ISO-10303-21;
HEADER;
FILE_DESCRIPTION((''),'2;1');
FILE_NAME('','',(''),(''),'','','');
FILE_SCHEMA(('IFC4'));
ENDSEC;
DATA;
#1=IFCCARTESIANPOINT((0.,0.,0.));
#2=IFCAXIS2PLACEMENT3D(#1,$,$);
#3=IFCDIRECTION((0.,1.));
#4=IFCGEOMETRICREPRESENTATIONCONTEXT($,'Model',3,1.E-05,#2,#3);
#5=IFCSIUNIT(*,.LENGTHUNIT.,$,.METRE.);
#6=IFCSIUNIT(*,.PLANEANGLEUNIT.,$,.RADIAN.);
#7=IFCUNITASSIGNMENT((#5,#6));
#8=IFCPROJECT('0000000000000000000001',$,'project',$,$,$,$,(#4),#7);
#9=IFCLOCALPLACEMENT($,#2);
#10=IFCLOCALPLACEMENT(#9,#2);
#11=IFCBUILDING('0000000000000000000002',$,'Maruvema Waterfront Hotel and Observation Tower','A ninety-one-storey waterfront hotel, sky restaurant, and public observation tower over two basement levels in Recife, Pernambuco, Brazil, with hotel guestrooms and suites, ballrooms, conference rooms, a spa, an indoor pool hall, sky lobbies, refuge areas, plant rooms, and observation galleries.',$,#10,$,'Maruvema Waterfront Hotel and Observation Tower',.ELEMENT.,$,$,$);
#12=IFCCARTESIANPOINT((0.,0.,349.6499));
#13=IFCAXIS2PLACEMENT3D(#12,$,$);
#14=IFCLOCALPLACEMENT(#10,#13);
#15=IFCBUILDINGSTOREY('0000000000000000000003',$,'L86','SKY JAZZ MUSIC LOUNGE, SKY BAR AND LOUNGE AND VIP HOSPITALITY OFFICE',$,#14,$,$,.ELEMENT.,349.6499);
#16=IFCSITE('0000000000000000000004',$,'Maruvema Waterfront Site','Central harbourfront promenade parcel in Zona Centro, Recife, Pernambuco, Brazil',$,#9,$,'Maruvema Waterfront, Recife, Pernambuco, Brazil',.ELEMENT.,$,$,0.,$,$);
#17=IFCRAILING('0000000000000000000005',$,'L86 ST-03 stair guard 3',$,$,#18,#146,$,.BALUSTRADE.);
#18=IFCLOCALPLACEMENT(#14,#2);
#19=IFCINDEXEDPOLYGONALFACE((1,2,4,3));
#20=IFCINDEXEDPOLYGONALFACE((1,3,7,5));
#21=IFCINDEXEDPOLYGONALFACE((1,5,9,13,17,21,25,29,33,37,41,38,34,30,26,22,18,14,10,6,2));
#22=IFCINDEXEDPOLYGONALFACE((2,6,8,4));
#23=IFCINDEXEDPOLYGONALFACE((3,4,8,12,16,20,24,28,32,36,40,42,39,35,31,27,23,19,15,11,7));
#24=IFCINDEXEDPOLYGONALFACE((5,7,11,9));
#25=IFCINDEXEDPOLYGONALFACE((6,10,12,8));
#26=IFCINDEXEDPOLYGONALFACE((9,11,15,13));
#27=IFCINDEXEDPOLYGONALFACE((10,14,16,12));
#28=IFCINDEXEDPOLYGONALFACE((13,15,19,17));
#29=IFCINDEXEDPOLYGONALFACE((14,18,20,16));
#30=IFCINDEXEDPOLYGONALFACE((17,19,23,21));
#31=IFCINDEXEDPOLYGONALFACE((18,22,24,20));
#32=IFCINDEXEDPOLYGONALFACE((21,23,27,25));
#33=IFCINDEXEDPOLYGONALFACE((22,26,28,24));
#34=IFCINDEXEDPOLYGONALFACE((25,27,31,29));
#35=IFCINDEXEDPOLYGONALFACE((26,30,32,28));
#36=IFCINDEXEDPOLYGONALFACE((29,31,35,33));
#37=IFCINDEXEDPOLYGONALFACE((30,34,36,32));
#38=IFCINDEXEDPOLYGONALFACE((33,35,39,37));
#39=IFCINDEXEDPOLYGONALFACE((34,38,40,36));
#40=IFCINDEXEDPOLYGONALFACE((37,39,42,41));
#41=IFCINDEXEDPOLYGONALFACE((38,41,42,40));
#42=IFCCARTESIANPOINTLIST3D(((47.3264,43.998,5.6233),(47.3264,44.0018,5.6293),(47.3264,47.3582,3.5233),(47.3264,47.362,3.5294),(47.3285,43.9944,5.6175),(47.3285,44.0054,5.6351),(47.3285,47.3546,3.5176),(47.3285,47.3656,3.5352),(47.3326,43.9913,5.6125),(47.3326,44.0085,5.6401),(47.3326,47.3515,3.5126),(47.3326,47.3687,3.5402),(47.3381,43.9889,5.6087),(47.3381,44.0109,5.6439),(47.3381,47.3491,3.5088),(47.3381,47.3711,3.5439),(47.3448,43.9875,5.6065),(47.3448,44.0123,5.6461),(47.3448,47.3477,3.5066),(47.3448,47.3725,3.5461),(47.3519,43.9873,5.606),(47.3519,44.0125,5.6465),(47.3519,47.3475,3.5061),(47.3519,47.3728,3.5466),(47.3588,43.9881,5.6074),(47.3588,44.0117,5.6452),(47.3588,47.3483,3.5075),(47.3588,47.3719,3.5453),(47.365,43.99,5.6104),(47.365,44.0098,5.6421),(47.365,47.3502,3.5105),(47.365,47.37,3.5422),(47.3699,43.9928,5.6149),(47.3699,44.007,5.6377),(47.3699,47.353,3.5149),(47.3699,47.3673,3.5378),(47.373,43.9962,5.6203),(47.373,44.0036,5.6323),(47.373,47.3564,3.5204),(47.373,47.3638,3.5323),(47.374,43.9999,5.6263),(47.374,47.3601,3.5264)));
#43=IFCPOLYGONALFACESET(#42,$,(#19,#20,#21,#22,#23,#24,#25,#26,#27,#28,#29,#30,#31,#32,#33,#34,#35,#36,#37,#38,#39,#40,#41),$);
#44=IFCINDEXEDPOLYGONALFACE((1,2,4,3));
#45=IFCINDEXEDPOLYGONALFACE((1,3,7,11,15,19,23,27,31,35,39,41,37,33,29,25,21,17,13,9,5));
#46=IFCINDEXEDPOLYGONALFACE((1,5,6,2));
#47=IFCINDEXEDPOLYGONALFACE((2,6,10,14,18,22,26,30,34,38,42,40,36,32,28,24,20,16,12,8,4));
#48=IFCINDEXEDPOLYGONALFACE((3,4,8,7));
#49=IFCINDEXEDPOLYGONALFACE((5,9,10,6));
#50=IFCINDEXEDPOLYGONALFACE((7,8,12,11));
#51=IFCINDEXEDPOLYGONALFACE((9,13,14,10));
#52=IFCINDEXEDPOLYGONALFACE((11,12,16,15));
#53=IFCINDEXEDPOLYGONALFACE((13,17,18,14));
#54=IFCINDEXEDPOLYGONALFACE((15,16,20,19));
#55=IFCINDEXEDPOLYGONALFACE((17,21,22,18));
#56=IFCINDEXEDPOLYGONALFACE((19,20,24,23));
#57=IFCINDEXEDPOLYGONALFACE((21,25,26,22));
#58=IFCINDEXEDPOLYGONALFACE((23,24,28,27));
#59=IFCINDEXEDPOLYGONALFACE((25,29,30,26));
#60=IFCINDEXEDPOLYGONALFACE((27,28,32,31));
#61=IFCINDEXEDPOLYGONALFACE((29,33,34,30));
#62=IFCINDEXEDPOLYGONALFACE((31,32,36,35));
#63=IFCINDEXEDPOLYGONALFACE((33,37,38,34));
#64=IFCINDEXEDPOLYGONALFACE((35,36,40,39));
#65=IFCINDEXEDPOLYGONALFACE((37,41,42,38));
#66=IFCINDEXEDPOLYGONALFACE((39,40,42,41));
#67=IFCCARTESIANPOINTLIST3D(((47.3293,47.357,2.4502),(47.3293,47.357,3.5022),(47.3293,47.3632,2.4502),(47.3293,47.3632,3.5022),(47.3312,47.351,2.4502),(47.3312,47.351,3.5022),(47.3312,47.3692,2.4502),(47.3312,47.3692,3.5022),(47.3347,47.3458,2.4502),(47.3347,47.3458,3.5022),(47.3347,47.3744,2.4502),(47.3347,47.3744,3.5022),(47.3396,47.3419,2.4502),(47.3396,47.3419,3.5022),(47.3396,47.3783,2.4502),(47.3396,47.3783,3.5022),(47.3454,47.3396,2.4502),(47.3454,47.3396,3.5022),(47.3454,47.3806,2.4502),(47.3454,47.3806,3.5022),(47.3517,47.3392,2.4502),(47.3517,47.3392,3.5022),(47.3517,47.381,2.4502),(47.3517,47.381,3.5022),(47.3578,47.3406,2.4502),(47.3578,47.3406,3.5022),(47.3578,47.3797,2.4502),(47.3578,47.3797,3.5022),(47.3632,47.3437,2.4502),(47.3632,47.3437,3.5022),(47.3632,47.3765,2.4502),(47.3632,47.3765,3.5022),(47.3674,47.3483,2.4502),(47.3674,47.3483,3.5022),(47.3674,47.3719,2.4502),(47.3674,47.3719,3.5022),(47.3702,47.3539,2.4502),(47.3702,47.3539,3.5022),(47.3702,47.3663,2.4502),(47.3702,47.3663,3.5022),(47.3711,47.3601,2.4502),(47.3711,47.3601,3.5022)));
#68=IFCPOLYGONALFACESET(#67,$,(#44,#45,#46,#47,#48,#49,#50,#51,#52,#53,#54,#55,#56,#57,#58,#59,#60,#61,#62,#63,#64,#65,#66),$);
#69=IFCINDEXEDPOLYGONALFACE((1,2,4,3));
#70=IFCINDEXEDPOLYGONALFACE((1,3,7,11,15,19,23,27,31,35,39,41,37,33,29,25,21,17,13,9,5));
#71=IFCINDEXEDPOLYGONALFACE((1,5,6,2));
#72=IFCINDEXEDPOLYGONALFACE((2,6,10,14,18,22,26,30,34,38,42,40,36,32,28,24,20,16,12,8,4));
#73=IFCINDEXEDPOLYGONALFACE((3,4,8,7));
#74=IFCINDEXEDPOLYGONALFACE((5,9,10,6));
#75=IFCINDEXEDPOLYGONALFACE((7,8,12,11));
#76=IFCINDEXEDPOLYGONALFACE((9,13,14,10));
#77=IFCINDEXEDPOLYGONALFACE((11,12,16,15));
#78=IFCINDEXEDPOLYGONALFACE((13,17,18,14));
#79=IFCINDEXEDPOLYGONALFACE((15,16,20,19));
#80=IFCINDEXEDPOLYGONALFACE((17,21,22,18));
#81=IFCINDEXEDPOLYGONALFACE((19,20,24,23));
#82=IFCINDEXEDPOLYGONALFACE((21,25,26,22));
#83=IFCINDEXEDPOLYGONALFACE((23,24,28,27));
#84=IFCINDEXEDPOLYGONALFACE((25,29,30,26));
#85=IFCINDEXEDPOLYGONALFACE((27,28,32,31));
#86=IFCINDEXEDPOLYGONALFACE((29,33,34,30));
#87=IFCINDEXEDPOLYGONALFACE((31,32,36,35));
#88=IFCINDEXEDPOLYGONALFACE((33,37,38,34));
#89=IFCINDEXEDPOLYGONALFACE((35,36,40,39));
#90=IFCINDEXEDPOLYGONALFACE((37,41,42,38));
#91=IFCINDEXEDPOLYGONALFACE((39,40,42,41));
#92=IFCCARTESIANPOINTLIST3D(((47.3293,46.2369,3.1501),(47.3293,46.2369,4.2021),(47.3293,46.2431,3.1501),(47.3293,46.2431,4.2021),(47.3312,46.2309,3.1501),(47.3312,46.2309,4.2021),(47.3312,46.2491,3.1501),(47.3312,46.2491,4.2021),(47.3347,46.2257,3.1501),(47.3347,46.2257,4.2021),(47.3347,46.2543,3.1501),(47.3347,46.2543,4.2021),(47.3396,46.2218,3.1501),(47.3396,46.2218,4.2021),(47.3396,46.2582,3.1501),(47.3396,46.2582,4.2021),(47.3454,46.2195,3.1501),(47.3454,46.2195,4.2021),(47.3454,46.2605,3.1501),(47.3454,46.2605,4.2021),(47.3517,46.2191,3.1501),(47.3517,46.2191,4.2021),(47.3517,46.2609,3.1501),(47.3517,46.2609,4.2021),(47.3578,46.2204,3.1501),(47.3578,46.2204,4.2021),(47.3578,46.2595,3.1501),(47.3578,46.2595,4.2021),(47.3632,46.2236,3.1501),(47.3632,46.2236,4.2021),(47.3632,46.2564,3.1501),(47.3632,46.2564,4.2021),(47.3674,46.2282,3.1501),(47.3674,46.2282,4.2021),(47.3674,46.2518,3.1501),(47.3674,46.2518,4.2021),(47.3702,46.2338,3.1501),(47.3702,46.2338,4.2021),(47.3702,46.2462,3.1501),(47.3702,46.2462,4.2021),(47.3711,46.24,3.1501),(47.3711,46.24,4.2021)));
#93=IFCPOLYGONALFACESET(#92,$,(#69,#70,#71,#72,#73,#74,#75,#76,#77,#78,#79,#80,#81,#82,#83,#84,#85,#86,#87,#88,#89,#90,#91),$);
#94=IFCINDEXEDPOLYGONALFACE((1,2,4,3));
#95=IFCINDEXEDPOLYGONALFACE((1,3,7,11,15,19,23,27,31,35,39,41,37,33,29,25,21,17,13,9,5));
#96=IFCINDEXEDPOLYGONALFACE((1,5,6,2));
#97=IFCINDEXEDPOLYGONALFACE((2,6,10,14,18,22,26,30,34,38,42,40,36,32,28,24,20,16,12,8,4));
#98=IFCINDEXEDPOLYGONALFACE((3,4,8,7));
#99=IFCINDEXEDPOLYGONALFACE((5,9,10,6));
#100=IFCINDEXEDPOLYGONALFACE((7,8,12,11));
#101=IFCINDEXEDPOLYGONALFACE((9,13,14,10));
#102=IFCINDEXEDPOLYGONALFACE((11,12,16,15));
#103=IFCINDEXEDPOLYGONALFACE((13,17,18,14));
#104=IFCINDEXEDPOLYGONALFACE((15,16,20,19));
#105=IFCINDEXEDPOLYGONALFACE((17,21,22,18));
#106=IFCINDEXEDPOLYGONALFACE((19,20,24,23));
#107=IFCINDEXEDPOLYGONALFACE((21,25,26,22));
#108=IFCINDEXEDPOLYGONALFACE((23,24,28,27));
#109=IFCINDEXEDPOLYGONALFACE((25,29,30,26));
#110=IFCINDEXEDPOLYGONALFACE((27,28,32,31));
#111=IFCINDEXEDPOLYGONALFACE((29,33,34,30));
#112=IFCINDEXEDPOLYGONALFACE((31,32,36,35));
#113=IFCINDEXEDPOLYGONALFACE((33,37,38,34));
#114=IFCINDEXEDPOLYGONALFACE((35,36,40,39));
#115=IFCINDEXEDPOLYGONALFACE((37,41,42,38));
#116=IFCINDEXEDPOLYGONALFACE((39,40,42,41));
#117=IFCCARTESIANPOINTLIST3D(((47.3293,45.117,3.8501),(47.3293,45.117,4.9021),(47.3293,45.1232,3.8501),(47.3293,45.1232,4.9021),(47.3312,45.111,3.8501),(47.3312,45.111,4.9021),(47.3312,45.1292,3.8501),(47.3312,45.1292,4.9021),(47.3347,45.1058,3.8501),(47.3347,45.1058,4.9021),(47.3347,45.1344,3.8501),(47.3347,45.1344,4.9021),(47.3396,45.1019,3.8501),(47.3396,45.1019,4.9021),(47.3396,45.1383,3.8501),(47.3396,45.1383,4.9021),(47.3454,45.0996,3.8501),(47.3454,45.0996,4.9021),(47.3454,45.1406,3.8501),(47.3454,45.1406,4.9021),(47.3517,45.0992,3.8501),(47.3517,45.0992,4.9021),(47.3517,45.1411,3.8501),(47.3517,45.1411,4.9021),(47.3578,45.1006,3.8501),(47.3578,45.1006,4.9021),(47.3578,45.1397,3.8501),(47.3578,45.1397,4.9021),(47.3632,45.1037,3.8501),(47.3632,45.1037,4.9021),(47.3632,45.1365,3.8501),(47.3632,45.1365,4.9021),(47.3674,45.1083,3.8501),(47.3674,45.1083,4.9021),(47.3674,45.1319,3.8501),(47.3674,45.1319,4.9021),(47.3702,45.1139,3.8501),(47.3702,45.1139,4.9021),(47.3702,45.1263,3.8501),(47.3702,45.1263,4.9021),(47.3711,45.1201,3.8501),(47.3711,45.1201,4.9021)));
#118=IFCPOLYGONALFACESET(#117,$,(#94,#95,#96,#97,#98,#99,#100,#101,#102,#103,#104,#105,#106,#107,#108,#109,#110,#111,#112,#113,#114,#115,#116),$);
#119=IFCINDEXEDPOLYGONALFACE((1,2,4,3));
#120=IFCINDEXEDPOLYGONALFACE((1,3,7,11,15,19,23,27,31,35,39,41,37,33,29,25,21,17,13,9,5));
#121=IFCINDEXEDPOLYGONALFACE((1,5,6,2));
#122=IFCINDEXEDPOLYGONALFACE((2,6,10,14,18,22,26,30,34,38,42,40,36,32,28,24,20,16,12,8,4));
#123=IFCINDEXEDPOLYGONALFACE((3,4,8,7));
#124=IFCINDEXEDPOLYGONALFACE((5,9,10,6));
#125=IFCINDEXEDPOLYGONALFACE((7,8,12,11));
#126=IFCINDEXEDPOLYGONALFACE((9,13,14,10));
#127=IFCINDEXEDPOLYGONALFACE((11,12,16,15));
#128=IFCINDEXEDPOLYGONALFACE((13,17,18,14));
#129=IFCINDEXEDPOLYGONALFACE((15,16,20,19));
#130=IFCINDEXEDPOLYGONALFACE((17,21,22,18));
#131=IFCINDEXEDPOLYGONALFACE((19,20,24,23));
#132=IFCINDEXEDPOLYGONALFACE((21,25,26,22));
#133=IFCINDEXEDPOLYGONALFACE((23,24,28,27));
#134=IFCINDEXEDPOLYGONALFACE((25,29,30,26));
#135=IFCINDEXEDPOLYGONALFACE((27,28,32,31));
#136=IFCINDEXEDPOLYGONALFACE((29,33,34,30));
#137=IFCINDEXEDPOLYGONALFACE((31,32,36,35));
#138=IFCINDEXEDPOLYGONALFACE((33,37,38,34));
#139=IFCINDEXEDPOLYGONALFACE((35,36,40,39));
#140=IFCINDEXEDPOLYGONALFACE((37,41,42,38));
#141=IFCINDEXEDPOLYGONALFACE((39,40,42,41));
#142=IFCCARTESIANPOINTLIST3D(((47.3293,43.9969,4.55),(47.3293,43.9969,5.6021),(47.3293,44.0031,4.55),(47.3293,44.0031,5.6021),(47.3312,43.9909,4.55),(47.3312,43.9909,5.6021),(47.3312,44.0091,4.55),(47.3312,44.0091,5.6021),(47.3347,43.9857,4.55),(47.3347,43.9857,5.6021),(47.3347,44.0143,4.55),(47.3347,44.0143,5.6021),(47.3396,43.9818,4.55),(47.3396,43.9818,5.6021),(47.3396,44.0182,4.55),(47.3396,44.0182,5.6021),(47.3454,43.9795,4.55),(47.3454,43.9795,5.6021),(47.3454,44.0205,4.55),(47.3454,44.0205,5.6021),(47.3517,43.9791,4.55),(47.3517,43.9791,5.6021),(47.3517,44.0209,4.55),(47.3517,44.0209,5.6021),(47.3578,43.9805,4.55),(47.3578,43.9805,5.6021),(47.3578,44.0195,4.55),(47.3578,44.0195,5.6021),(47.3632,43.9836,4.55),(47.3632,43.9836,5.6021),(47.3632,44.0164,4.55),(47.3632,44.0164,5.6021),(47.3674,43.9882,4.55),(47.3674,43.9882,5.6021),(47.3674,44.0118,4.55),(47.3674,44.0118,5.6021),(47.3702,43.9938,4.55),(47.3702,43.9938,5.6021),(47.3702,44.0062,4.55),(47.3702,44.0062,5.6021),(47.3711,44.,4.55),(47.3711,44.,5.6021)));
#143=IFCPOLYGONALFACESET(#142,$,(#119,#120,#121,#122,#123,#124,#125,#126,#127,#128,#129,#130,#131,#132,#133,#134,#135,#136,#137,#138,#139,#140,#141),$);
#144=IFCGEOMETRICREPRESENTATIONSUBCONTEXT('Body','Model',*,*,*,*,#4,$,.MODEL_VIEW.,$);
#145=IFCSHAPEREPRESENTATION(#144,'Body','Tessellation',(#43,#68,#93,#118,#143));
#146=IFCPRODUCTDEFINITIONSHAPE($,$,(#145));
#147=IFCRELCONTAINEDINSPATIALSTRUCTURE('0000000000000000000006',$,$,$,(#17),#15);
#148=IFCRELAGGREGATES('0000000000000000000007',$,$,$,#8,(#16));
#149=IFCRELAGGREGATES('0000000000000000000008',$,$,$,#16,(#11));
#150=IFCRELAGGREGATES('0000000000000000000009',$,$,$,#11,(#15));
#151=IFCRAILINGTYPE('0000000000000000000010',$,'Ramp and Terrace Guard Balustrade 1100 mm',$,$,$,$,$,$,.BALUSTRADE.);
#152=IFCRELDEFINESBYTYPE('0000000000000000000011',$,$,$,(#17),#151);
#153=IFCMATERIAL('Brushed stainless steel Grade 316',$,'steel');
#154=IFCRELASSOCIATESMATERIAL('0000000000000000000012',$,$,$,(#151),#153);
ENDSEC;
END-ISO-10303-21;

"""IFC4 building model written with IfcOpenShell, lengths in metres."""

from ifc_helpers import new_model, si_unit, direction, frame, origin, origin_2d, place, context, subcontext, project, spatial, circle, extrude, material, type_object, element, save


model = new_model("IFC4")

# Units and contexts
model_context = context("Model", 3, precision=1e-05, world=origin(), true_north=direction((0.0, 1.0)))
body_context = subcontext(model_context, "Body", "Model", "MODEL_VIEW")
ifc_project = project(units=[si_unit("LENGTHUNIT", "METRE"), si_unit("PLANEANGLEUNIT", "RADIAN")], contexts=[model_context])

# Site, building, storey
site_placement = place(None, origin())
site = spatial("IfcSite", under=ifc_project, at=site_placement, Name="Maruvema Waterfront Site", Description="Central harbourfront promenade parcel in Zona Centro, Recife, Pernambuco, Brazil", LongName="Maruvema Waterfront, Recife, Pernambuco, Brazil", CompositionType="ELEMENT", RefElevation=0.0)
building_placement = place(site_placement, origin())
building = spatial("IfcBuilding", under=site, at=building_placement, Name="Maruvema Waterfront Hotel and Observation Tower", Description="A ninety-one-storey waterfront hotel, sky restaurant, and public observation tower over two basement levels in Recife, Pernambuco, Brazil, with hotel guestrooms and suites, ballrooms, conference rooms, a spa, an indoor pool hall, sky lobbies, refuge areas, plant rooms, and observation galleries.", LongName="Maruvema Waterfront Hotel and Observation Tower", CompositionType="ELEMENT")
storey_placement = place(building_placement, frame((0.0, 0.0, 349.6499)))
storey = spatial("IfcBuildingStorey", under=building, at=storey_placement, Name="L86", Description="SKY JAZZ MUSIC LOUNGE, SKY BAR AND LOUNGE AND VIP HOSPITALITY OFFICE", CompositionType="ELEMENT", Elevation=349.6499)

# Railing
ifc_material_1 = material(Name="Brushed stainless steel Grade 316", Category="steel")
railing_type_1 = type_object("IfcRailingType", Name="Ramp and Terrace Guard Balustrade 1100 mm", PredefinedType="BALUSTRADE", material=ifc_material_1)
railing_1_placement = place(storey_placement, frame((47.3501, 47.3601, 2.4502)))
element("IfcRailing", 1, at=railing_1_placement, inside=storey, type_object=railing_type_1, Name="L86 ST-03 stair guard 3", PredefinedType="BALUSTRADE", context=body_context, shape_type="SweptSolid", body=[
    extrude(circle(Radius=0.0239, at=origin_2d()), frame((0.0, 0.0, 1.0762), z_axis=(0.0, -0.848023, 0.52996), x_axis=(1.0, 0.0, 0.0)), (0.0, 0.0, 1.0), 3.9624),
    extrude(circle(Radius=0.021, at=origin_2d()), origin(), (0.0, 0.0, 1.0), 1.052),
    extrude(circle(Radius=0.021, at=origin_2d()), frame((0.0, -1.1201, 0.7)), (0.0, 0.0, 1.0), 1.052),
    extrude(circle(Radius=0.021, at=origin_2d()), frame((0.0, -2.24, 1.3999)), (0.0, 0.0, 1.0), 1.052),
    extrude(circle(Radius=0.021, at=origin_2d()), frame((0.0, -3.3601, 2.0999)), (0.0, 0.0, 1.0), 1.052),
])

save(model, "model.ifc")
